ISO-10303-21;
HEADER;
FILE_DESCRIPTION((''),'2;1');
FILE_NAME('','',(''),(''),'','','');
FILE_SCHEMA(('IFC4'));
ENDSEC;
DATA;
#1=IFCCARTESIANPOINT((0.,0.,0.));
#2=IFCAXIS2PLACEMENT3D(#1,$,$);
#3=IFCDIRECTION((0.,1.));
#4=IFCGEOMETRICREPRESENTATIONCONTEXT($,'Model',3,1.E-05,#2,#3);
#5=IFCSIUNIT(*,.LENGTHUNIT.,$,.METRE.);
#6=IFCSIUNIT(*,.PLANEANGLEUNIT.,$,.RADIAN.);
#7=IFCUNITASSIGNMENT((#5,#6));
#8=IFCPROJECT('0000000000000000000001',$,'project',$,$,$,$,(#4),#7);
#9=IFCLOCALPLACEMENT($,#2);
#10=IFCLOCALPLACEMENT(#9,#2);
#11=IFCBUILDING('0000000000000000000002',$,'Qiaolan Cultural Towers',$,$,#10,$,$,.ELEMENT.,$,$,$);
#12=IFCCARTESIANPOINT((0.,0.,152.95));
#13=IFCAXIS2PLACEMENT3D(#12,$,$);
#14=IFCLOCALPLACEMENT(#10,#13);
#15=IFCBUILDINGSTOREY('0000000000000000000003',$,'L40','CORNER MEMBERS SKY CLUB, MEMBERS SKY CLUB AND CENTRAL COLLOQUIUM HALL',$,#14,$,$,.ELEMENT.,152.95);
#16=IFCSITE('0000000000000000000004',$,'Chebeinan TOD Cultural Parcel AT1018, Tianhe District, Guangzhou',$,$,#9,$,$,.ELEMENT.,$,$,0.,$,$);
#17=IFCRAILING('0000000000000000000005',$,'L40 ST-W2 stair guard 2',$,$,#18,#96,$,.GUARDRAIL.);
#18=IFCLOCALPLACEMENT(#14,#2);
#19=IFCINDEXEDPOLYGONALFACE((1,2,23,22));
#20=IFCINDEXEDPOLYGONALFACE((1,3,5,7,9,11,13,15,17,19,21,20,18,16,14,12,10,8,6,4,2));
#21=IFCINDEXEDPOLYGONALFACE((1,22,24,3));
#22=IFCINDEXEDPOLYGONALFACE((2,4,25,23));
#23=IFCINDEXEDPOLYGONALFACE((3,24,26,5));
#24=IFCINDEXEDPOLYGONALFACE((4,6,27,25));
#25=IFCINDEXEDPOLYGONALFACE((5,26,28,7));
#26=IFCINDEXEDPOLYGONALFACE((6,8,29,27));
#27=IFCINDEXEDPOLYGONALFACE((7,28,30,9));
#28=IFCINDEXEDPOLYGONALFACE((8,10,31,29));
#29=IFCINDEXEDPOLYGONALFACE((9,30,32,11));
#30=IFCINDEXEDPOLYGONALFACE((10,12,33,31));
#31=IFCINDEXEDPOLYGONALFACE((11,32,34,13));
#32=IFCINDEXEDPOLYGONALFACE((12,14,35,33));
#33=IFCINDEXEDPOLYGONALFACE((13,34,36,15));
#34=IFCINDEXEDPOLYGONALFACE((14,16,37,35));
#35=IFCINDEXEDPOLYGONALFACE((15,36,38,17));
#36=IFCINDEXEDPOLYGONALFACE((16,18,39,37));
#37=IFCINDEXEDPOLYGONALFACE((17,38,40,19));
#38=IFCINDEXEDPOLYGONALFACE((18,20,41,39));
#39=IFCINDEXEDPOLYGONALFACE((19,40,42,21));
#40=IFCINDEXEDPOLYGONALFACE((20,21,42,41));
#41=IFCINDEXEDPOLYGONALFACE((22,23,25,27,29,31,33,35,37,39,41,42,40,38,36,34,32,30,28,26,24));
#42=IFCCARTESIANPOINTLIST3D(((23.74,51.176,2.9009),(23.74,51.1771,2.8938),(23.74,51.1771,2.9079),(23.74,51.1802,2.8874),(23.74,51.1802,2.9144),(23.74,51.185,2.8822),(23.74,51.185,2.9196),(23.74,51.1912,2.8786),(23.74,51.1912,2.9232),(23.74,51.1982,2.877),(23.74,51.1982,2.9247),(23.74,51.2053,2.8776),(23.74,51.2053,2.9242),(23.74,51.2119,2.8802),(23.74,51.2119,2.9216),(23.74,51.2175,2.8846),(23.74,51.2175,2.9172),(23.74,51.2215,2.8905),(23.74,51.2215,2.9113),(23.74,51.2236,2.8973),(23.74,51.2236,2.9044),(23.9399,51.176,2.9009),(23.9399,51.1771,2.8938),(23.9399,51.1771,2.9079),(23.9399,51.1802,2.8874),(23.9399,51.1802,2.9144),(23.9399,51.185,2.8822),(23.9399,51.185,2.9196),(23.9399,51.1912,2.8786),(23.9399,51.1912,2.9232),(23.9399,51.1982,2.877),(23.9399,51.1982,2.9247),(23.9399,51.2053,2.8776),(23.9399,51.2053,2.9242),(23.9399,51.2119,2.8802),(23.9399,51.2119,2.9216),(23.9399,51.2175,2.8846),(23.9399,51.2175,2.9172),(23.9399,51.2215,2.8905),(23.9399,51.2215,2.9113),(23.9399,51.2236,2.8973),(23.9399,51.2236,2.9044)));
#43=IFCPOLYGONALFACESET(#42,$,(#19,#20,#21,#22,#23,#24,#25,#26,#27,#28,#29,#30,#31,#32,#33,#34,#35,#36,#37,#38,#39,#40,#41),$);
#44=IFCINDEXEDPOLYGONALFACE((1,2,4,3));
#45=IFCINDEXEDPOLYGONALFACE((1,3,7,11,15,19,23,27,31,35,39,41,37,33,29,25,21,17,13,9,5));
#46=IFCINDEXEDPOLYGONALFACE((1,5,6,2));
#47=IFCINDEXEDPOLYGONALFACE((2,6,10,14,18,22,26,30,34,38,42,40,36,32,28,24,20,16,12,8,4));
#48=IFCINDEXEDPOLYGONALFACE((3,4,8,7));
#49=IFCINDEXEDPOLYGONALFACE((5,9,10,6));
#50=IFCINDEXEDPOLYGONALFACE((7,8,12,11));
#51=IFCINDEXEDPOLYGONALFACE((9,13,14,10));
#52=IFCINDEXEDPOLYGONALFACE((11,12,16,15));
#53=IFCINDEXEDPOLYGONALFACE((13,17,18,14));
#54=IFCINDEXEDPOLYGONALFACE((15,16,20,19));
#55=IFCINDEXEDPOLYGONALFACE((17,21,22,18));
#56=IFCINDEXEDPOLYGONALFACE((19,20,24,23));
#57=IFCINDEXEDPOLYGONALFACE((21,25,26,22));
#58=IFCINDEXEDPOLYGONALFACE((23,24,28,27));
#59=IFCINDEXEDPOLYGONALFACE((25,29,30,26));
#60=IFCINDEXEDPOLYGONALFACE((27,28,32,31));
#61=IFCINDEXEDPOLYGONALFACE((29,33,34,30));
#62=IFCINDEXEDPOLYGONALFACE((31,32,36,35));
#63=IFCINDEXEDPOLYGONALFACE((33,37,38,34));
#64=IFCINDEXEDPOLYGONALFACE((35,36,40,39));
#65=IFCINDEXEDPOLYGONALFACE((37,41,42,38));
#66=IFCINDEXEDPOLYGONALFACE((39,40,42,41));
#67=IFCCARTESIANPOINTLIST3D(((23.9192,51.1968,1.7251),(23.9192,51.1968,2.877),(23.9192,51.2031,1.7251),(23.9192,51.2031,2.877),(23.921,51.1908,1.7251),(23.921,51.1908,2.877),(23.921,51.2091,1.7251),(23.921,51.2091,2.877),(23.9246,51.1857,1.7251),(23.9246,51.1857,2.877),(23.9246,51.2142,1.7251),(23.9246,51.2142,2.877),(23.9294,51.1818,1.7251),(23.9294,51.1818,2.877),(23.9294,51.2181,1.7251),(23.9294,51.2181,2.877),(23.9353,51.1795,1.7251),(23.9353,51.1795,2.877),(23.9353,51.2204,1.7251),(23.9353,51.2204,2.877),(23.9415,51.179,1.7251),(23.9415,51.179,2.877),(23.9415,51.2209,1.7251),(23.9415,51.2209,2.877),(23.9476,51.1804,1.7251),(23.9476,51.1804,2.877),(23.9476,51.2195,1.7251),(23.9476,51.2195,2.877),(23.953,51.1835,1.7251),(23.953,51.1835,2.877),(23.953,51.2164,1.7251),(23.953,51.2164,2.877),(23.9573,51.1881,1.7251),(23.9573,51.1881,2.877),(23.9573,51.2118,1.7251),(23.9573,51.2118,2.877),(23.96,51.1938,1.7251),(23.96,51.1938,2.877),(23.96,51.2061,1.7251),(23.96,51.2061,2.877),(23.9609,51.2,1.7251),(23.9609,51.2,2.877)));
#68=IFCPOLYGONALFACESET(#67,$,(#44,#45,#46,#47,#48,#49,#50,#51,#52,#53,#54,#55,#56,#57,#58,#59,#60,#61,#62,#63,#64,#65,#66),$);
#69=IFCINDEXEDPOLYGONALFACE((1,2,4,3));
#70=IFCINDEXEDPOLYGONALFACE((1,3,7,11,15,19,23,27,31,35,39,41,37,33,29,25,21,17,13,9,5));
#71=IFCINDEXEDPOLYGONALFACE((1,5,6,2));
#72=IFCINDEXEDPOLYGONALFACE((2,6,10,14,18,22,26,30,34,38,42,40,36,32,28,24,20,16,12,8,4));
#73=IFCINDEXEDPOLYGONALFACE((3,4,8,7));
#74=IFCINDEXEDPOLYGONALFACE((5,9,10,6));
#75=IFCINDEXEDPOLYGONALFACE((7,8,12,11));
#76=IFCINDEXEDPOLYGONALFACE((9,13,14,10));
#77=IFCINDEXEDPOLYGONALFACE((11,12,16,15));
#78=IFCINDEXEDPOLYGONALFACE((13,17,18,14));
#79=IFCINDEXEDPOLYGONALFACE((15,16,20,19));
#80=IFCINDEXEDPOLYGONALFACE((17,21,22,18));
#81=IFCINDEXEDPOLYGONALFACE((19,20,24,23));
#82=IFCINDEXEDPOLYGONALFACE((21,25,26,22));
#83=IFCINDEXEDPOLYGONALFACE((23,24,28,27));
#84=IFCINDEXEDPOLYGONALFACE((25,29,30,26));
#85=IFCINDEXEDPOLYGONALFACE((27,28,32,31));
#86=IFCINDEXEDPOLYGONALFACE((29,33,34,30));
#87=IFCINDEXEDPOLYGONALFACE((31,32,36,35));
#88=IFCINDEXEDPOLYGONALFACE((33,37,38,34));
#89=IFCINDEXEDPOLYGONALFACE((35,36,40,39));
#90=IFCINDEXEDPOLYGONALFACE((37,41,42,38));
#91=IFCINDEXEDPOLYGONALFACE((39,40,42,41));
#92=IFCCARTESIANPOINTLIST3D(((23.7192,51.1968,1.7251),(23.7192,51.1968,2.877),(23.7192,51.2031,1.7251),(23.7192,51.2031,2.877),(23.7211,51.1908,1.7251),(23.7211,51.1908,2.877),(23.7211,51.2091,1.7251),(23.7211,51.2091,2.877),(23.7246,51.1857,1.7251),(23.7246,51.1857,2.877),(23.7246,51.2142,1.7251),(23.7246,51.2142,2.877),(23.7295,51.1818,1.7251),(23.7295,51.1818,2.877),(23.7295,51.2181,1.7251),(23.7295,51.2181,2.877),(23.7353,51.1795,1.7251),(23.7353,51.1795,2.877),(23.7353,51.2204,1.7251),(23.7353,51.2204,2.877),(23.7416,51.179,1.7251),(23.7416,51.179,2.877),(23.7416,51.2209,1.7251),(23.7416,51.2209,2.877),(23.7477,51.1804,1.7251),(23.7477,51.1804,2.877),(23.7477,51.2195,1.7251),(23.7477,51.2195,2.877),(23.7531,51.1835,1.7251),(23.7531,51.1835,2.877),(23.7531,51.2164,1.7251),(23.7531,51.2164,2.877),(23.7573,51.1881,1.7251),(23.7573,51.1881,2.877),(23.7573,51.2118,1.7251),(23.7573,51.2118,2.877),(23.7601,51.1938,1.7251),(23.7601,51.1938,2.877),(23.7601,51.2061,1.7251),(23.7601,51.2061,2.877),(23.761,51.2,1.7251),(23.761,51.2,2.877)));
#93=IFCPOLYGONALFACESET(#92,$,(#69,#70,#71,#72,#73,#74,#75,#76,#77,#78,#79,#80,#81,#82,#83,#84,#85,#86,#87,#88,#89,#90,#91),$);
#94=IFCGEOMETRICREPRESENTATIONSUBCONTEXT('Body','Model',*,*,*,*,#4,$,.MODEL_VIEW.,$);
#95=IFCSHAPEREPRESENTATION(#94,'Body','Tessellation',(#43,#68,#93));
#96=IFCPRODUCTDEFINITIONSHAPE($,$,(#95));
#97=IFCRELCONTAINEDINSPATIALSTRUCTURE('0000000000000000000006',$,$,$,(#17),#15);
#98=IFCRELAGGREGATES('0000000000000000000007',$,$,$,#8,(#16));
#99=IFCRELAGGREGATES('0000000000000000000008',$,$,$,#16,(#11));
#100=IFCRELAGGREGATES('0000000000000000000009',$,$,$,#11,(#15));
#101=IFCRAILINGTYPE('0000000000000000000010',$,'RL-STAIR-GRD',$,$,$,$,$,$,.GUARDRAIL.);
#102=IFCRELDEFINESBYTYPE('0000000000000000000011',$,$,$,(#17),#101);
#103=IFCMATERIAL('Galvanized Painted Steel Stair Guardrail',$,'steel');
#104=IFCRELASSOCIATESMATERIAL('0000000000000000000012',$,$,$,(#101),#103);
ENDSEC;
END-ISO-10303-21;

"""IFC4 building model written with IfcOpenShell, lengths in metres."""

from ifc_helpers import new_model, si_unit, direction, frame, origin, origin_2d, place, context, subcontext, project, spatial, circle, extrude, material, type_object, element, save


model = new_model("IFC4")

# Units and contexts
model_context = context("Model", 3, precision=1e-05, world=origin(), true_north=direction((0.0, 1.0)))
body_context = subcontext(model_context, "Body", "Model", "MODEL_VIEW")
ifc_project = project(units=[si_unit("LENGTHUNIT", "METRE"), si_unit("PLANEANGLEUNIT", "RADIAN")], contexts=[model_context])

# Site, building, storey
site_placement = place(None, origin())
site = spatial("IfcSite", under=ifc_project, at=site_placement, Name="Chebeinan TOD Cultural Parcel AT1018, Tianhe District, Guangzhou", CompositionType="ELEMENT", RefElevation=0.0)
building_placement = place(site_placement, origin())
building = spatial("IfcBuilding", under=site, at=building_placement, Name="Qiaolan Cultural Towers", CompositionType="ELEMENT")
storey_placement = place(building_placement, frame((0.0, 0.0, 152.95)))
storey = spatial("IfcBuildingStorey", under=building, at=storey_placement, Name="L40", Description="CORNER MEMBERS SKY CLUB, MEMBERS SKY CLUB AND CENTRAL COLLOQUIUM HALL", CompositionType="ELEMENT", Elevation=152.95)

# Railing
ifc_material_1 = material(Name="Galvanized Painted Steel Stair Guardrail", Category="steel")
railing_type_1 = type_object("IfcRailingType", Name="RL-STAIR-GRD", PredefinedType="GUARDRAIL", material=ifc_material_1)
railing_1_placement = place(storey_placement, frame((23.9399, 51.2, 1.7251)))
element("IfcRailing", 1, at=railing_1_placement, inside=storey, type_object=railing_type_1, Name="L40 ST-W2 stair guard 2", PredefinedType="GUARDRAIL", context=body_context, shape_type="SweptSolid", body=[
    extrude(circle(Radius=0.0239, at=origin_2d()), frame((0.0, 0.0, 1.1758), z_axis=(-1.0, 0.0, 0.0), x_axis=(0.0, -1.0, 0.0)), (0.0, 0.0, 1.0), 0.2),
    extrude(circle(Radius=0.021, at=origin_2d()), origin(), (0.0, 0.0, 1.0), 1.1519),
    extrude(circle(Radius=0.021, at=origin_2d()), frame((-0.2, 0.0, 0.0)), (0.0, 0.0, 1.0), 1.1519),
])

save(model, "model.ifc")
